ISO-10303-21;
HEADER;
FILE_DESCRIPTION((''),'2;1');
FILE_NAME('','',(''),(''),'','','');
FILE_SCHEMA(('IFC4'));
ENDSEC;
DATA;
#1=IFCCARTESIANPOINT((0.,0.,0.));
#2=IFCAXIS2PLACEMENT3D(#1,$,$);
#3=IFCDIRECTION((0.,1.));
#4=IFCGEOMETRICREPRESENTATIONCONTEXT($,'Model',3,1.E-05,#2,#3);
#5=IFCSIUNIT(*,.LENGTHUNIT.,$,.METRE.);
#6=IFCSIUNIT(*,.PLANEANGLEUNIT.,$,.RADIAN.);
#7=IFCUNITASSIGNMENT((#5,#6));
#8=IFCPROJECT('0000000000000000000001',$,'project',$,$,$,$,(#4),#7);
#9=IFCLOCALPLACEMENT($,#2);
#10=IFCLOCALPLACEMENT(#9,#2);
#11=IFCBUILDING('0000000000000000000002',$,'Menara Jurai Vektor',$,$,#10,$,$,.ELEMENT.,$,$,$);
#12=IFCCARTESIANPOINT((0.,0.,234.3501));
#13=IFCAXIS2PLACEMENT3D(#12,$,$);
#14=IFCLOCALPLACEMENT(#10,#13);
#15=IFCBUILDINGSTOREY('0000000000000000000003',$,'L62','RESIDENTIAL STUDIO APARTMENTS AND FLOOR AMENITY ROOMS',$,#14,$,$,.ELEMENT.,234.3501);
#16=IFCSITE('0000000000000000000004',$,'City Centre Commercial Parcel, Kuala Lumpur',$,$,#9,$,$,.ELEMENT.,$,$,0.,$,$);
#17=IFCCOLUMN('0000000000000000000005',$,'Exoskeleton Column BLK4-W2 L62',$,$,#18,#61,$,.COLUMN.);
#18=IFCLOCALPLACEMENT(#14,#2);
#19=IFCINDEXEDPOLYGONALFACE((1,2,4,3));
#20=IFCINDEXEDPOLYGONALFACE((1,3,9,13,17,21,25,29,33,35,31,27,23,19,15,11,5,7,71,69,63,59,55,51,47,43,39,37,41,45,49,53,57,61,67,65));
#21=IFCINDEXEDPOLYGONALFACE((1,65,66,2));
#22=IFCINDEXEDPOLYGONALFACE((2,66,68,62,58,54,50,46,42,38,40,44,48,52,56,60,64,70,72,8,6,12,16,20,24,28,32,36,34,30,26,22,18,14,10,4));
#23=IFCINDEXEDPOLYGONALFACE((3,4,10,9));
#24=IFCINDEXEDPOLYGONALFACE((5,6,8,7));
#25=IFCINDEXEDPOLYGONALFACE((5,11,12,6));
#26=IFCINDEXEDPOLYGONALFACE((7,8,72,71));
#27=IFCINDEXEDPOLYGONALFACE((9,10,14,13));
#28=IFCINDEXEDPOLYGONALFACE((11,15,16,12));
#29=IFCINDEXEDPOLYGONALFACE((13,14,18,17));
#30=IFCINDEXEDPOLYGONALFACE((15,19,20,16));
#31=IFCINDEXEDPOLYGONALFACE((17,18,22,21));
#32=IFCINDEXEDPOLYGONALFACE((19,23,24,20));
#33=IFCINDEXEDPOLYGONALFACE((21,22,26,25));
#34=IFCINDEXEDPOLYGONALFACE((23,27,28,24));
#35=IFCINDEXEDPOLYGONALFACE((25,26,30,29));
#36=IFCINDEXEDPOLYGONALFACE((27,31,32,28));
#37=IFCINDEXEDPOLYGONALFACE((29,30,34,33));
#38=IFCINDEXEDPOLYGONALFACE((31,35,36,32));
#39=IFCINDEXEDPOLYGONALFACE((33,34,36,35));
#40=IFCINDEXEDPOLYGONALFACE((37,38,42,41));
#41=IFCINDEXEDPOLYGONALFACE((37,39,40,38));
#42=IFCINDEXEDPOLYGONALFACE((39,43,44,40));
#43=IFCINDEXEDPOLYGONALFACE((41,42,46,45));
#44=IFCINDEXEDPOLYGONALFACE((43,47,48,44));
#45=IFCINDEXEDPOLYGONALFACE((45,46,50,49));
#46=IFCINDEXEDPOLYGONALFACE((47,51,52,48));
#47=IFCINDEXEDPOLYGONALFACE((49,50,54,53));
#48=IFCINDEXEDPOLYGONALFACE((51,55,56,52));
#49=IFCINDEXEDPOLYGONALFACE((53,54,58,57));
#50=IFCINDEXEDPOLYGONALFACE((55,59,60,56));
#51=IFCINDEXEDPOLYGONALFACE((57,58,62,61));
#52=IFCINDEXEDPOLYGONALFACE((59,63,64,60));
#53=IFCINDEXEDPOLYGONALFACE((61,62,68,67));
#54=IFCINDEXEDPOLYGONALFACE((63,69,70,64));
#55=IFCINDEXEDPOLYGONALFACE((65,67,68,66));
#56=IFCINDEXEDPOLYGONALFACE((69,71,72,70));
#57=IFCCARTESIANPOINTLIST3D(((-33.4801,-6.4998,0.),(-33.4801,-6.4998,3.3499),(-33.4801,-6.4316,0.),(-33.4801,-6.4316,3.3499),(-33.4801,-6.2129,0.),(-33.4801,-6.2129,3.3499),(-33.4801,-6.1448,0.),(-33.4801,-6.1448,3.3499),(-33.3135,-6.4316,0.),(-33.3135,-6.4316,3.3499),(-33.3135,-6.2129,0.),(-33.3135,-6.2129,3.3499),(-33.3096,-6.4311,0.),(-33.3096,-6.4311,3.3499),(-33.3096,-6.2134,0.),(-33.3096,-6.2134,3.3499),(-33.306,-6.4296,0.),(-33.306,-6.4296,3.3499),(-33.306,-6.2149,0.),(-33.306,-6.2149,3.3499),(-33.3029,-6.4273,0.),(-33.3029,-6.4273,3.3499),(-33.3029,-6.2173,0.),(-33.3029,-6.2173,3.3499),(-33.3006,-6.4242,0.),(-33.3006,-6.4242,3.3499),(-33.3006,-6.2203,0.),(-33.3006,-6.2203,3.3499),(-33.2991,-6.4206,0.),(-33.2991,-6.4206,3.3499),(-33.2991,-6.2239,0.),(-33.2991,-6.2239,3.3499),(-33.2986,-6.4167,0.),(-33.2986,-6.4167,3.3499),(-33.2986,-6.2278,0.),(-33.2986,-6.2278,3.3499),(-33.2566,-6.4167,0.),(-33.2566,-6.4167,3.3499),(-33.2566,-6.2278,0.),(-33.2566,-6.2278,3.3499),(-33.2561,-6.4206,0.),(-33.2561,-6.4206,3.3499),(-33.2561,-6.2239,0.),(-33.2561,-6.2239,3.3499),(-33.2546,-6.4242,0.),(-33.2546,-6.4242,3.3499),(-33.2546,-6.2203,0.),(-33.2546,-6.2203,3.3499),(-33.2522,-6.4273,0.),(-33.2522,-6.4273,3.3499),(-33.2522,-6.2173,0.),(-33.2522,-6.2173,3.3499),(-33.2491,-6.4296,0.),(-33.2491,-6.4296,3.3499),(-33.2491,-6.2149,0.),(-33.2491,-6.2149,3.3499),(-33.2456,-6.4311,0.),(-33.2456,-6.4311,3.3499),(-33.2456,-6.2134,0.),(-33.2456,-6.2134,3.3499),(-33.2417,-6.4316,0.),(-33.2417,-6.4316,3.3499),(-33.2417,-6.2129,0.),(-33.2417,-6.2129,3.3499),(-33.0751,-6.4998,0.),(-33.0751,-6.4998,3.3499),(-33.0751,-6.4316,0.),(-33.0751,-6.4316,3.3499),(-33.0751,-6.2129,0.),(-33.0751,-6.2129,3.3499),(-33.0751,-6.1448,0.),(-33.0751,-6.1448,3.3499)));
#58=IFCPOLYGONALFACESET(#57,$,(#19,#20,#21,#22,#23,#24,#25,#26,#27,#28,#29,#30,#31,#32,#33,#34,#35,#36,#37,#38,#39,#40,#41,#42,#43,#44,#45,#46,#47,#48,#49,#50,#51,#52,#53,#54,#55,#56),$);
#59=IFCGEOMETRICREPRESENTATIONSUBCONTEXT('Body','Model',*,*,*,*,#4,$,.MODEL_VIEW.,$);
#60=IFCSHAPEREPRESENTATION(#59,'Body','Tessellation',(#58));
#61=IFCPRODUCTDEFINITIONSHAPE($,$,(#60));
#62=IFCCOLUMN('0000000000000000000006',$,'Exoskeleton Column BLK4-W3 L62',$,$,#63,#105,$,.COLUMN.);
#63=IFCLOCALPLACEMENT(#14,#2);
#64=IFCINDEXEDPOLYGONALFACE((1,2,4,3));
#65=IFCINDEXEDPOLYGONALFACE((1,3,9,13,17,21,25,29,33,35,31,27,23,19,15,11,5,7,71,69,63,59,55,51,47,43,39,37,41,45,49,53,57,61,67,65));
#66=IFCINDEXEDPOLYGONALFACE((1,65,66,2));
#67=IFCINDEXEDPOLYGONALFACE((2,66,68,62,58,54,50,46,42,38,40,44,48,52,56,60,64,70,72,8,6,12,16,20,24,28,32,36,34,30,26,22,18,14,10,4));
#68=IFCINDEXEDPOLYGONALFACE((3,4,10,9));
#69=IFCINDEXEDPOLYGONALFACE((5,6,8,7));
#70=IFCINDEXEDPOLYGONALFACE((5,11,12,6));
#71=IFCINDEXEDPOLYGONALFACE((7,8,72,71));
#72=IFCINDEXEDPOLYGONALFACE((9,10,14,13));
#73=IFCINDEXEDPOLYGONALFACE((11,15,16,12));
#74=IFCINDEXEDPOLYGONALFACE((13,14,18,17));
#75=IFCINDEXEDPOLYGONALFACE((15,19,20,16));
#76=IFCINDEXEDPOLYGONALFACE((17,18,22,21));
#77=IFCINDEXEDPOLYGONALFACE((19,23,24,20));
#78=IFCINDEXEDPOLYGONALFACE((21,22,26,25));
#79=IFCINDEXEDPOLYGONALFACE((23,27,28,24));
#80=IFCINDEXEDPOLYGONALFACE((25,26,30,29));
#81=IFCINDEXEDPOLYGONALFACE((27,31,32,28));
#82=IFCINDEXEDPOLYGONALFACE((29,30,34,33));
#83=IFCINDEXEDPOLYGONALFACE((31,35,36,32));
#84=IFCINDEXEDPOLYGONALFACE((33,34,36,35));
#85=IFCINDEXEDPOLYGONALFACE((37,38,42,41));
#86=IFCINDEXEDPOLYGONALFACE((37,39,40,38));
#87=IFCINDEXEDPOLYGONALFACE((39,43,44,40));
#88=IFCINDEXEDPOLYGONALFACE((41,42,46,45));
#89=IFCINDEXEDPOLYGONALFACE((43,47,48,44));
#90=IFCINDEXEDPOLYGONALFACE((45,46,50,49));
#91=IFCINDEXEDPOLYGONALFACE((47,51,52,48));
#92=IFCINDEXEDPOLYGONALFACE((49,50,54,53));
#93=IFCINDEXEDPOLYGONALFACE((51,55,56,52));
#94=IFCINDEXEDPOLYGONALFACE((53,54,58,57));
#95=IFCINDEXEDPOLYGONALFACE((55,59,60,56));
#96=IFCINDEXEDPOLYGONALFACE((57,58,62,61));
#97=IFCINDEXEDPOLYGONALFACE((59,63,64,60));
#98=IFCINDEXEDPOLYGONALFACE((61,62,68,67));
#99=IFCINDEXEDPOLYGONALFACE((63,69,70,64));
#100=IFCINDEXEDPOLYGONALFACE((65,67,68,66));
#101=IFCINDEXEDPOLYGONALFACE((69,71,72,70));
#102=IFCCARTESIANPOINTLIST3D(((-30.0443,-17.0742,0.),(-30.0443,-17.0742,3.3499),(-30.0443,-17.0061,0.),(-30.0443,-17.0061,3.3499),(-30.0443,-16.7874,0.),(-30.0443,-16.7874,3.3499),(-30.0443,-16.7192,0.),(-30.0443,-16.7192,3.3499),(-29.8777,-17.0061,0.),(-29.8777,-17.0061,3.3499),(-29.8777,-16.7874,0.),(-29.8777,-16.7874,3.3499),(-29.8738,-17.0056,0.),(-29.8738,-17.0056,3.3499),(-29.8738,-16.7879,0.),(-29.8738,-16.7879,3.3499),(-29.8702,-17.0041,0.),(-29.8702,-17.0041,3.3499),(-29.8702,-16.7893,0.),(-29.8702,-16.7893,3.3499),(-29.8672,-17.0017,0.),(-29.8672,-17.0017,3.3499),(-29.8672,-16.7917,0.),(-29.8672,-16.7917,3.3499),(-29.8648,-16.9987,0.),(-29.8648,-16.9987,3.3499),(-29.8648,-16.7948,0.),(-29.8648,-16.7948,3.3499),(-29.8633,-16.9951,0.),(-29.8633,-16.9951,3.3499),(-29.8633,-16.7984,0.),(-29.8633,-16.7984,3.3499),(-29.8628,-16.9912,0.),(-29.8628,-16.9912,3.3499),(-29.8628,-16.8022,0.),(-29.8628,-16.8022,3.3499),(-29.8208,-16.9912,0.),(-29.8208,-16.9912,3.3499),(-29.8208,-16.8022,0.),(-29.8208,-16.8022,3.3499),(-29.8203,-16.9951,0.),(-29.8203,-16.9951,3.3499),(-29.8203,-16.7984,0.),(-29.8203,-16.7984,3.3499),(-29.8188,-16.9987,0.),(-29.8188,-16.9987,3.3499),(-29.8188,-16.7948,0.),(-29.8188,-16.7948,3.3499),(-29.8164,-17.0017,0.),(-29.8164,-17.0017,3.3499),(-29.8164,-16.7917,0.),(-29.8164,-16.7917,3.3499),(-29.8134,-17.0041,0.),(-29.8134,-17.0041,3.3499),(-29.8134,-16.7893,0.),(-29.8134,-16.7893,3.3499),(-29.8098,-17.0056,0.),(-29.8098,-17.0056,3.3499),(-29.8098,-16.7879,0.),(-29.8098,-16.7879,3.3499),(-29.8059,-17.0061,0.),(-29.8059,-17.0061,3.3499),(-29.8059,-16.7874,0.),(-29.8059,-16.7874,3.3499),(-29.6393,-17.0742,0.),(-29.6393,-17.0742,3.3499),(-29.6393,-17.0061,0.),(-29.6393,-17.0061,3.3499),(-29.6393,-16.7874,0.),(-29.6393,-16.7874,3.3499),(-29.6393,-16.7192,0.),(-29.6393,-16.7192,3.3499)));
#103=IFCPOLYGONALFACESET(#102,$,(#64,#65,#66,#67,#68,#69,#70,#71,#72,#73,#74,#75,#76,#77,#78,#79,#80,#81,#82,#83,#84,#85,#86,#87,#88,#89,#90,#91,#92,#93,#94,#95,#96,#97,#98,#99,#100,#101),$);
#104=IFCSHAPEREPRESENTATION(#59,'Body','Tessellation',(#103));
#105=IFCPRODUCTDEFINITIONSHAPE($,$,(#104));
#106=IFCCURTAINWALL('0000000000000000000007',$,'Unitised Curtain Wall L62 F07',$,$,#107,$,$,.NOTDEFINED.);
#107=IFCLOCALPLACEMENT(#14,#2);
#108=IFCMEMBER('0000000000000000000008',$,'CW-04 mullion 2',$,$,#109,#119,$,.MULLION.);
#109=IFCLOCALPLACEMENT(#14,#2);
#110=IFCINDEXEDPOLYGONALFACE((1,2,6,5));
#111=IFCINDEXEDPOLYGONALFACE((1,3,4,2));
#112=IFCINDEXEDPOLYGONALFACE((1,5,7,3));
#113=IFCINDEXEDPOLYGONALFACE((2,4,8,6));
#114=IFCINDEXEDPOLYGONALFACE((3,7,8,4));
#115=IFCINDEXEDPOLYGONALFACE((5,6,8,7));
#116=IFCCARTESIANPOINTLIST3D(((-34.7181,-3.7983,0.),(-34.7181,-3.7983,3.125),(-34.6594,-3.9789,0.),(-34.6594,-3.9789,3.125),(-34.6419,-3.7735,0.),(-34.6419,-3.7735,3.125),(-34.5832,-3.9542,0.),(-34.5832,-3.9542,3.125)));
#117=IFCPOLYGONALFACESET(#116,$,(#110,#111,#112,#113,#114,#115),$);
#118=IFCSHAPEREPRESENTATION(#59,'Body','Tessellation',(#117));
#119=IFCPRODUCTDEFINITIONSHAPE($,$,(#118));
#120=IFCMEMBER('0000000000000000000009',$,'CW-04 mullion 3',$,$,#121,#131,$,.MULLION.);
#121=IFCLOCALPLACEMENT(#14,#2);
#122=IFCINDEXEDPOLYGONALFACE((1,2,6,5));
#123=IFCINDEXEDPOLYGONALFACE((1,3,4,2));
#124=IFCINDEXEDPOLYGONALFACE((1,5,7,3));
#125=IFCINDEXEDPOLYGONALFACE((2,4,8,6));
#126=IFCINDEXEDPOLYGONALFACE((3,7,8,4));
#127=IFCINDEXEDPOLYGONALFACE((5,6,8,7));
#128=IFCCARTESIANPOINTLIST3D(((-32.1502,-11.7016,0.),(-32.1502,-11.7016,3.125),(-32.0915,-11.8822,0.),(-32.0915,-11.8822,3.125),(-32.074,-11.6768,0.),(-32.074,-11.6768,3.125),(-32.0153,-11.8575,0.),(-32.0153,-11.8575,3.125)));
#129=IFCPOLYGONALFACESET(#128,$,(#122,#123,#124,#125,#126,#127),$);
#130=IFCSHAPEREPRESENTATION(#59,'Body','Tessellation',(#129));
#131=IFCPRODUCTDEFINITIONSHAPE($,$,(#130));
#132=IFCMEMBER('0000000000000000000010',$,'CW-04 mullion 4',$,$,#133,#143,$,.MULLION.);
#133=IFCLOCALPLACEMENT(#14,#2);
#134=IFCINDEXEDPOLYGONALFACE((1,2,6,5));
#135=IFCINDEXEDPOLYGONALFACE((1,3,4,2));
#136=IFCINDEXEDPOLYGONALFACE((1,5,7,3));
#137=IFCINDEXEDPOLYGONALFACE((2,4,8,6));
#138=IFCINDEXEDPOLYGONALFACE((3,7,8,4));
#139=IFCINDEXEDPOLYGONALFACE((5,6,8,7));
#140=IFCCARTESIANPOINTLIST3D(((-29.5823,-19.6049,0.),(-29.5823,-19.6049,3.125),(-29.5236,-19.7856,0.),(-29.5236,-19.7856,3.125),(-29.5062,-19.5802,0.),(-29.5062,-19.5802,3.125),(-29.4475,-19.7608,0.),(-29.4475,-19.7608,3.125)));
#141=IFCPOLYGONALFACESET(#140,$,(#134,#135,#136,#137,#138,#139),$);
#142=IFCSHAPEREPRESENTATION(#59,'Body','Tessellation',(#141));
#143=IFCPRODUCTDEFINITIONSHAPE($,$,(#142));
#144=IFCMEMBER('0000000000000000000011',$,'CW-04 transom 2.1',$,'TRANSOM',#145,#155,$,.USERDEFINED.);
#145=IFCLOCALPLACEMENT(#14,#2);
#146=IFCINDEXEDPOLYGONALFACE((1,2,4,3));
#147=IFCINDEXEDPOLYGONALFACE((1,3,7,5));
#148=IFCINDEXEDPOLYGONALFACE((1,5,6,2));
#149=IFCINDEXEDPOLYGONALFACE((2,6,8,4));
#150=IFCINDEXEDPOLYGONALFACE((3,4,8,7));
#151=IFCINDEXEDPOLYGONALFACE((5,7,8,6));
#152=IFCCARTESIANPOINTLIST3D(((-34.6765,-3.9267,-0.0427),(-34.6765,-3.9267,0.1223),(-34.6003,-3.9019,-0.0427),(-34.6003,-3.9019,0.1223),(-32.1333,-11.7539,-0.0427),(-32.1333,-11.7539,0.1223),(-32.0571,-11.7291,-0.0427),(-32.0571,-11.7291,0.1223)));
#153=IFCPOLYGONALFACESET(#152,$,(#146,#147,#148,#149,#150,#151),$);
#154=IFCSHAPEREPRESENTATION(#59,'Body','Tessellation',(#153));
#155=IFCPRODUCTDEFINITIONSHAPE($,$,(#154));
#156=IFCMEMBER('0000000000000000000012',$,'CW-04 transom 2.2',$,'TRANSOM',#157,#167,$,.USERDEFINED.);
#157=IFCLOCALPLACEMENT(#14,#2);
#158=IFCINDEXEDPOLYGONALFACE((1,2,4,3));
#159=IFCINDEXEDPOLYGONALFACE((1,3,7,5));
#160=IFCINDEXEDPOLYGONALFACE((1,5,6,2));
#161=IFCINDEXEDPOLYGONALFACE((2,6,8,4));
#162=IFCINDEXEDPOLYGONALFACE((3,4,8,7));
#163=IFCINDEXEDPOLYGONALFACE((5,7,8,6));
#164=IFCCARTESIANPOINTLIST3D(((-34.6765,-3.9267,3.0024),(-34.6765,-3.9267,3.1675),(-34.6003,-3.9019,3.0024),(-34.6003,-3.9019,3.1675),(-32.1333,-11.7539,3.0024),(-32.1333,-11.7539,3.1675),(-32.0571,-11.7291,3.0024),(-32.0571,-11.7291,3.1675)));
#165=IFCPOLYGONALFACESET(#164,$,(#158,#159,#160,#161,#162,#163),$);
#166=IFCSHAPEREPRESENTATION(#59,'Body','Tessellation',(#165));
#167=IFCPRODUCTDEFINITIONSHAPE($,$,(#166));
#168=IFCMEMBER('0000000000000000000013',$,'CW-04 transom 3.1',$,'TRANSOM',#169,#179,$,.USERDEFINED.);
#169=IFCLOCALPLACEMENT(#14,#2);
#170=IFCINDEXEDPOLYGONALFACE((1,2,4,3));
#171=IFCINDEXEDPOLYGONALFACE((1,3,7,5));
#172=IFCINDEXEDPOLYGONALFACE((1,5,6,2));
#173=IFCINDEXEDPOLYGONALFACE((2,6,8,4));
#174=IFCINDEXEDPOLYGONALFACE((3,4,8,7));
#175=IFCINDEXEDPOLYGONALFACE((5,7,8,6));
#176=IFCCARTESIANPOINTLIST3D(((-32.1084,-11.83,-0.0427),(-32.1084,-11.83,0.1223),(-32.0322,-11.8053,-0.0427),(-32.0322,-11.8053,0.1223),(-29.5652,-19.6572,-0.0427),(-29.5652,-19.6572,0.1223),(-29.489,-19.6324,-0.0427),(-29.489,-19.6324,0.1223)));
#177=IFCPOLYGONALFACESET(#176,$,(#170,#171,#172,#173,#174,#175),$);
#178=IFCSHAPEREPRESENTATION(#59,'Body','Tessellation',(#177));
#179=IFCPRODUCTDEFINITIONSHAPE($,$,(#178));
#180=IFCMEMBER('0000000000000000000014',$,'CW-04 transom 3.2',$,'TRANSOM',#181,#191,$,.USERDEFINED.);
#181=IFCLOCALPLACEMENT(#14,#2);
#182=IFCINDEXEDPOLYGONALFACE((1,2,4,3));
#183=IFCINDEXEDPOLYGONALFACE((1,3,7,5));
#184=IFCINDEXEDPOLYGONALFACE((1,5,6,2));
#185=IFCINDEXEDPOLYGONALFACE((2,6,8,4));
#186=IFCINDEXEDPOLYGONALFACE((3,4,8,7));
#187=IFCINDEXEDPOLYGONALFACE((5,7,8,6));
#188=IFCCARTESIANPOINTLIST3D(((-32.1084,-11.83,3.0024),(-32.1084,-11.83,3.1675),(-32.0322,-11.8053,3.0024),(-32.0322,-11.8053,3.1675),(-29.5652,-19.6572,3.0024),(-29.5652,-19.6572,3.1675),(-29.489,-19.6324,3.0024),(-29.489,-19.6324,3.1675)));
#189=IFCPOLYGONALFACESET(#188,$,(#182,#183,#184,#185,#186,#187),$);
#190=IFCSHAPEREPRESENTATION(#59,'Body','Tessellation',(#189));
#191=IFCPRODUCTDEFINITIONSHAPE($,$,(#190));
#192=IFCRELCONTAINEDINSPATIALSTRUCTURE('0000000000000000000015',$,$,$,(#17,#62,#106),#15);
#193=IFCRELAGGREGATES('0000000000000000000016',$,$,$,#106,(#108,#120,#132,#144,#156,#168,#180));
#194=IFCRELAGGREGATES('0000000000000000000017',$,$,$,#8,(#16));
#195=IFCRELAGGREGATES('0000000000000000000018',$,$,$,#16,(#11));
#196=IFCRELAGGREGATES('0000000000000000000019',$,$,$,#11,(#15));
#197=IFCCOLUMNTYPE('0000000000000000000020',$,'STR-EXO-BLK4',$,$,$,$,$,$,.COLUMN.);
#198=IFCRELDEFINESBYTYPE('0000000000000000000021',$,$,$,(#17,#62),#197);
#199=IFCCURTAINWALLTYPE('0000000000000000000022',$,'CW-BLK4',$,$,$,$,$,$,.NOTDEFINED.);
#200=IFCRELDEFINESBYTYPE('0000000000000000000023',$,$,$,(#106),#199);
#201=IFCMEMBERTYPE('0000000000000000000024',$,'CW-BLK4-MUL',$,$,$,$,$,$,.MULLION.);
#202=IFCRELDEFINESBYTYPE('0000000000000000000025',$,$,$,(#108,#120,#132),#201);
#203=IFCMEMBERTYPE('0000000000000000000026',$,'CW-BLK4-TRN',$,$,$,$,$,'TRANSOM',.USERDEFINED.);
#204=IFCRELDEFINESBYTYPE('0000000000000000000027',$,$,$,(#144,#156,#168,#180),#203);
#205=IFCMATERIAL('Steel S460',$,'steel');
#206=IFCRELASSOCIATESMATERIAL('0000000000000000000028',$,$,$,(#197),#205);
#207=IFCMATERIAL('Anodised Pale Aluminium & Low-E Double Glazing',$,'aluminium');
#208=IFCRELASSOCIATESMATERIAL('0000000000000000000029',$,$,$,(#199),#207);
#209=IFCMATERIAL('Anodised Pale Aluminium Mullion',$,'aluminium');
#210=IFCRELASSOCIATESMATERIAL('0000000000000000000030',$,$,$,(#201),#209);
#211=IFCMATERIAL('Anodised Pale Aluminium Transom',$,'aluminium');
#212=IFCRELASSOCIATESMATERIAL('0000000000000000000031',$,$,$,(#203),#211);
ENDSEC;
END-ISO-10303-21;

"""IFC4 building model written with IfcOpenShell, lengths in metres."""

from ifc_helpers import new_model, si_unit, direction, frame, origin, origin_2d, place, context, subcontext, project, spatial, rectangle, i_section, extrude, material, material_profile, profile_set, type_object, element, aggregate, save


model = new_model("IFC4")

# Units and contexts
model_context = context("Model", 3, precision=1e-05, world=origin(), true_north=direction((0.0, 1.0)))
body_context = subcontext(model_context, "Body", "Model", "MODEL_VIEW")
ifc_project = project(units=[si_unit("LENGTHUNIT", "METRE"), si_unit("PLANEANGLEUNIT", "RADIAN")], contexts=[model_context])

# Site, building, storey
site_placement = place(None, origin())
site = spatial("IfcSite", under=ifc_project, at=site_placement, Name="City Centre Commercial Parcel, Kuala Lumpur", CompositionType="ELEMENT", RefElevation=0.0)
building_placement = place(site_placement, origin())
building = spatial("IfcBuilding", under=site, at=building_placement, Name="Menara Jurai Vektor", CompositionType="ELEMENT")
storey_placement = place(building_placement, frame((0.0, 0.0, 234.3501)))
storey = spatial("IfcBuildingStorey", under=building, at=storey_placement, Name="L62", Description="RESIDENTIAL STUDIO APARTMENTS AND FLOOR AMENITY ROOMS", CompositionType="ELEMENT", Elevation=234.3501)

# Columns
ifc_material_1 = material(Name="Steel S460", Category="steel")
ifc_material_profile_1 = material_profile(ifc_material_1, i_section(OverallWidth=0.405, OverallDepth=0.355, WebThickness=0.042, FlangeThickness=0.0681, FilletRadius=0.0149, at=origin_2d()), Name="HD 400x551")
ifc_profile_set_1 = profile_set([ifc_material_profile_1], Name="Steel S460")
column_type = type_object("IfcColumnType", Name="STR-EXO-BLK4", PredefinedType="COLUMN", material=ifc_profile_set_1)
for number, where, z_axis, x_axis, name in (
    (1, (-33.2776, -6.3223, 0.0), (0.0, 0.0, 1.0), (1.0, 0.0, 0.0), "Exoskeleton Column BLK4-W2 L62"),
    (2, (-29.8418, -16.8967, 0.0), (0.0, 0.0, 1.0), (1.0, 0.0, 0.0), "Exoskeleton Column BLK4-W3 L62"),
):
    element("IfcColumn", number, at=place(storey_placement, frame(where, z_axis=z_axis, x_axis=x_axis)), inside=storey, type_object=column_type, Name=name, PredefinedType="COLUMN", context=body_context, shape_type="SweptSolid", body=[
        extrude(i_section(OverallWidth=0.405, OverallDepth=0.355, WebThickness=0.042, FlangeThickness=0.0681, FilletRadius=0.0149, at=origin_2d()), origin(), (0.0, 0.0, 1.0), 3.3499),
    ])

# Curtain wall, members
ifc_material_2 = material(Name="Anodised Pale Aluminium & Low-E Double Glazing", Category="aluminium")
curtain_wall_type = type_object("IfcCurtainWallType", Name="CW-BLK4", PredefinedType="NOTDEFINED", material=ifc_material_2)
curtain_wall_placement = place(storey_placement, origin())
curtain_wall = element("IfcCurtainWall", 3, at=curtain_wall_placement, inside=storey, type_object=curtain_wall_type, Name="Unitised Curtain Wall L62 F07", PredefinedType="NOTDEFINED")
ifc_material_3 = material(Name="Anodised Pale Aluminium Mullion", Category="aluminium")
ifc_material_profile_2 = material_profile(ifc_material_3, rectangle(XDim=0.0801, YDim=0.1899, at=origin_2d()), Name="ALU MUL 80x190")
ifc_profile_set_2 = profile_set([ifc_material_profile_2], Name="Anodised Pale Aluminium Mullion")
member_type_1 = type_object("IfcMemberType", Name="CW-BLK4-MUL", PredefinedType="MULLION", material=ifc_profile_set_2)
member_1_placement = place(storey_placement, frame((-34.6506, -3.8762, 0.0), z_axis=(0.0, 0.0, 1.0), x_axis=(0.951057, 0.309016, 0.0)))
member_1 = element("IfcMember", 4, at=member_1_placement, type_object=member_type_1, Name="CW-04 mullion 2", PredefinedType="MULLION", context=body_context, shape_type="SweptSolid", body=[
    extrude(rectangle(XDim=0.0801, YDim=0.1899, at=origin_2d()), origin(), (0.0, 0.0, 1.0), 3.125),
])
member_2_placement = place(storey_placement, frame((-32.0828, -11.7795, 0.0), z_axis=(0.0, 0.0, 1.0), x_axis=(0.951057, 0.309016, 0.0)))
member_2 = element("IfcMember", 5, at=member_2_placement, type_object=member_type_1, Name="CW-04 mullion 3", PredefinedType="MULLION", context=body_context, shape_type="SweptSolid", body=[
    extrude(rectangle(XDim=0.0801, YDim=0.1899, at=origin_2d()), origin(), (0.0, 0.0, 1.0), 3.125),
])
member_3_placement = place(storey_placement, frame((-29.5149, -19.6829, 0.0), z_axis=(0.0, 0.0, 1.0), x_axis=(0.951057, 0.309016, 0.0)))
member_3 = element("IfcMember", 6, at=member_3_placement, type_object=member_type_1, Name="CW-04 mullion 4", PredefinedType="MULLION", context=body_context, shape_type="SweptSolid", body=[
    extrude(rectangle(XDim=0.0801, YDim=0.1899, at=origin_2d()), origin(), (0.0, 0.0, 1.0), 3.125),
])
ifc_material_4 = material(Name="Anodised Pale Aluminium Transom", Category="aluminium")
ifc_material_profile_3 = material_profile(ifc_material_4, rectangle(XDim=0.0801, YDim=0.165, at=origin_2d()), Name="ALU TRN 80x165")
ifc_profile_set_3 = profile_set([ifc_material_profile_3], Name="Anodised Pale Aluminium Transom")
member_type_2 = type_object("IfcMemberType", Name="CW-BLK4-TRN", ElementType="TRANSOM", PredefinedType="USERDEFINED", material=ifc_profile_set_3)
member_4_placement = place(storey_placement, frame((-34.6384, -3.9143, 0.0398), z_axis=(0.309019, -0.951056, 0.0), x_axis=(0.951056, 0.309019, 0.0)))
member_4 = element("IfcMember", 7, at=member_4_placement, type_object=member_type_2, Name="CW-04 transom 2.1", ObjectType="TRANSOM", PredefinedType="USERDEFINED", context=body_context, shape_type="SweptSolid", body=[
    extrude(rectangle(XDim=0.0801, YDim=0.165, at=origin_2d()), origin(), (0.0, 0.0, 1.0), 8.23),
])
member_5_placement = place(storey_placement, frame((-34.6384, -3.9143, 3.085), z_axis=(0.309019, -0.951056, 0.0), x_axis=(0.951056, 0.309019, 0.0)))
member_5 = element("IfcMember", 8, at=member_5_placement, type_object=member_type_2, Name="CW-04 transom 2.2", ObjectType="TRANSOM", PredefinedType="USERDEFINED", context=body_context, shape_type="SweptSolid", body=[
    extrude(rectangle(XDim=0.0801, YDim=0.165, at=origin_2d()), origin(), (0.0, 0.0, 1.0), 8.23),
])
member_6_placement = place(storey_placement, frame((-32.0703, -11.8176, 0.0398), z_axis=(0.309019, -0.951056, 0.0), x_axis=(0.951056, 0.309019, 0.0)))
member_6 = element("IfcMember", 9, at=member_6_placement, type_object=member_type_2, Name="CW-04 transom 3.1", ObjectType="TRANSOM", PredefinedType="USERDEFINED", context=body_context, shape_type="SweptSolid", body=[
    extrude(rectangle(XDim=0.0801, YDim=0.165, at=origin_2d()), origin(), (0.0, 0.0, 1.0), 8.23),
])
member_7_placement = place(storey_placement, frame((-32.0703, -11.8176, 3.085), z_axis=(0.309019, -0.951056, 0.0), x_axis=(0.951056, 0.309019, 0.0)))
member_7 = element("IfcMember", 10, at=member_7_placement, type_object=member_type_2, Name="CW-04 transom 3.2", ObjectType="TRANSOM", PredefinedType="USERDEFINED", context=body_context, shape_type="SweptSolid", body=[
    extrude(rectangle(XDim=0.0801, YDim=0.165, at=origin_2d()), origin(), (0.0, 0.0, 1.0), 8.23),
])

aggregate(curtain_wall, [member_1, member_2, member_3, member_4, member_5, member_6, member_7])

save(model, "model.ifc")
